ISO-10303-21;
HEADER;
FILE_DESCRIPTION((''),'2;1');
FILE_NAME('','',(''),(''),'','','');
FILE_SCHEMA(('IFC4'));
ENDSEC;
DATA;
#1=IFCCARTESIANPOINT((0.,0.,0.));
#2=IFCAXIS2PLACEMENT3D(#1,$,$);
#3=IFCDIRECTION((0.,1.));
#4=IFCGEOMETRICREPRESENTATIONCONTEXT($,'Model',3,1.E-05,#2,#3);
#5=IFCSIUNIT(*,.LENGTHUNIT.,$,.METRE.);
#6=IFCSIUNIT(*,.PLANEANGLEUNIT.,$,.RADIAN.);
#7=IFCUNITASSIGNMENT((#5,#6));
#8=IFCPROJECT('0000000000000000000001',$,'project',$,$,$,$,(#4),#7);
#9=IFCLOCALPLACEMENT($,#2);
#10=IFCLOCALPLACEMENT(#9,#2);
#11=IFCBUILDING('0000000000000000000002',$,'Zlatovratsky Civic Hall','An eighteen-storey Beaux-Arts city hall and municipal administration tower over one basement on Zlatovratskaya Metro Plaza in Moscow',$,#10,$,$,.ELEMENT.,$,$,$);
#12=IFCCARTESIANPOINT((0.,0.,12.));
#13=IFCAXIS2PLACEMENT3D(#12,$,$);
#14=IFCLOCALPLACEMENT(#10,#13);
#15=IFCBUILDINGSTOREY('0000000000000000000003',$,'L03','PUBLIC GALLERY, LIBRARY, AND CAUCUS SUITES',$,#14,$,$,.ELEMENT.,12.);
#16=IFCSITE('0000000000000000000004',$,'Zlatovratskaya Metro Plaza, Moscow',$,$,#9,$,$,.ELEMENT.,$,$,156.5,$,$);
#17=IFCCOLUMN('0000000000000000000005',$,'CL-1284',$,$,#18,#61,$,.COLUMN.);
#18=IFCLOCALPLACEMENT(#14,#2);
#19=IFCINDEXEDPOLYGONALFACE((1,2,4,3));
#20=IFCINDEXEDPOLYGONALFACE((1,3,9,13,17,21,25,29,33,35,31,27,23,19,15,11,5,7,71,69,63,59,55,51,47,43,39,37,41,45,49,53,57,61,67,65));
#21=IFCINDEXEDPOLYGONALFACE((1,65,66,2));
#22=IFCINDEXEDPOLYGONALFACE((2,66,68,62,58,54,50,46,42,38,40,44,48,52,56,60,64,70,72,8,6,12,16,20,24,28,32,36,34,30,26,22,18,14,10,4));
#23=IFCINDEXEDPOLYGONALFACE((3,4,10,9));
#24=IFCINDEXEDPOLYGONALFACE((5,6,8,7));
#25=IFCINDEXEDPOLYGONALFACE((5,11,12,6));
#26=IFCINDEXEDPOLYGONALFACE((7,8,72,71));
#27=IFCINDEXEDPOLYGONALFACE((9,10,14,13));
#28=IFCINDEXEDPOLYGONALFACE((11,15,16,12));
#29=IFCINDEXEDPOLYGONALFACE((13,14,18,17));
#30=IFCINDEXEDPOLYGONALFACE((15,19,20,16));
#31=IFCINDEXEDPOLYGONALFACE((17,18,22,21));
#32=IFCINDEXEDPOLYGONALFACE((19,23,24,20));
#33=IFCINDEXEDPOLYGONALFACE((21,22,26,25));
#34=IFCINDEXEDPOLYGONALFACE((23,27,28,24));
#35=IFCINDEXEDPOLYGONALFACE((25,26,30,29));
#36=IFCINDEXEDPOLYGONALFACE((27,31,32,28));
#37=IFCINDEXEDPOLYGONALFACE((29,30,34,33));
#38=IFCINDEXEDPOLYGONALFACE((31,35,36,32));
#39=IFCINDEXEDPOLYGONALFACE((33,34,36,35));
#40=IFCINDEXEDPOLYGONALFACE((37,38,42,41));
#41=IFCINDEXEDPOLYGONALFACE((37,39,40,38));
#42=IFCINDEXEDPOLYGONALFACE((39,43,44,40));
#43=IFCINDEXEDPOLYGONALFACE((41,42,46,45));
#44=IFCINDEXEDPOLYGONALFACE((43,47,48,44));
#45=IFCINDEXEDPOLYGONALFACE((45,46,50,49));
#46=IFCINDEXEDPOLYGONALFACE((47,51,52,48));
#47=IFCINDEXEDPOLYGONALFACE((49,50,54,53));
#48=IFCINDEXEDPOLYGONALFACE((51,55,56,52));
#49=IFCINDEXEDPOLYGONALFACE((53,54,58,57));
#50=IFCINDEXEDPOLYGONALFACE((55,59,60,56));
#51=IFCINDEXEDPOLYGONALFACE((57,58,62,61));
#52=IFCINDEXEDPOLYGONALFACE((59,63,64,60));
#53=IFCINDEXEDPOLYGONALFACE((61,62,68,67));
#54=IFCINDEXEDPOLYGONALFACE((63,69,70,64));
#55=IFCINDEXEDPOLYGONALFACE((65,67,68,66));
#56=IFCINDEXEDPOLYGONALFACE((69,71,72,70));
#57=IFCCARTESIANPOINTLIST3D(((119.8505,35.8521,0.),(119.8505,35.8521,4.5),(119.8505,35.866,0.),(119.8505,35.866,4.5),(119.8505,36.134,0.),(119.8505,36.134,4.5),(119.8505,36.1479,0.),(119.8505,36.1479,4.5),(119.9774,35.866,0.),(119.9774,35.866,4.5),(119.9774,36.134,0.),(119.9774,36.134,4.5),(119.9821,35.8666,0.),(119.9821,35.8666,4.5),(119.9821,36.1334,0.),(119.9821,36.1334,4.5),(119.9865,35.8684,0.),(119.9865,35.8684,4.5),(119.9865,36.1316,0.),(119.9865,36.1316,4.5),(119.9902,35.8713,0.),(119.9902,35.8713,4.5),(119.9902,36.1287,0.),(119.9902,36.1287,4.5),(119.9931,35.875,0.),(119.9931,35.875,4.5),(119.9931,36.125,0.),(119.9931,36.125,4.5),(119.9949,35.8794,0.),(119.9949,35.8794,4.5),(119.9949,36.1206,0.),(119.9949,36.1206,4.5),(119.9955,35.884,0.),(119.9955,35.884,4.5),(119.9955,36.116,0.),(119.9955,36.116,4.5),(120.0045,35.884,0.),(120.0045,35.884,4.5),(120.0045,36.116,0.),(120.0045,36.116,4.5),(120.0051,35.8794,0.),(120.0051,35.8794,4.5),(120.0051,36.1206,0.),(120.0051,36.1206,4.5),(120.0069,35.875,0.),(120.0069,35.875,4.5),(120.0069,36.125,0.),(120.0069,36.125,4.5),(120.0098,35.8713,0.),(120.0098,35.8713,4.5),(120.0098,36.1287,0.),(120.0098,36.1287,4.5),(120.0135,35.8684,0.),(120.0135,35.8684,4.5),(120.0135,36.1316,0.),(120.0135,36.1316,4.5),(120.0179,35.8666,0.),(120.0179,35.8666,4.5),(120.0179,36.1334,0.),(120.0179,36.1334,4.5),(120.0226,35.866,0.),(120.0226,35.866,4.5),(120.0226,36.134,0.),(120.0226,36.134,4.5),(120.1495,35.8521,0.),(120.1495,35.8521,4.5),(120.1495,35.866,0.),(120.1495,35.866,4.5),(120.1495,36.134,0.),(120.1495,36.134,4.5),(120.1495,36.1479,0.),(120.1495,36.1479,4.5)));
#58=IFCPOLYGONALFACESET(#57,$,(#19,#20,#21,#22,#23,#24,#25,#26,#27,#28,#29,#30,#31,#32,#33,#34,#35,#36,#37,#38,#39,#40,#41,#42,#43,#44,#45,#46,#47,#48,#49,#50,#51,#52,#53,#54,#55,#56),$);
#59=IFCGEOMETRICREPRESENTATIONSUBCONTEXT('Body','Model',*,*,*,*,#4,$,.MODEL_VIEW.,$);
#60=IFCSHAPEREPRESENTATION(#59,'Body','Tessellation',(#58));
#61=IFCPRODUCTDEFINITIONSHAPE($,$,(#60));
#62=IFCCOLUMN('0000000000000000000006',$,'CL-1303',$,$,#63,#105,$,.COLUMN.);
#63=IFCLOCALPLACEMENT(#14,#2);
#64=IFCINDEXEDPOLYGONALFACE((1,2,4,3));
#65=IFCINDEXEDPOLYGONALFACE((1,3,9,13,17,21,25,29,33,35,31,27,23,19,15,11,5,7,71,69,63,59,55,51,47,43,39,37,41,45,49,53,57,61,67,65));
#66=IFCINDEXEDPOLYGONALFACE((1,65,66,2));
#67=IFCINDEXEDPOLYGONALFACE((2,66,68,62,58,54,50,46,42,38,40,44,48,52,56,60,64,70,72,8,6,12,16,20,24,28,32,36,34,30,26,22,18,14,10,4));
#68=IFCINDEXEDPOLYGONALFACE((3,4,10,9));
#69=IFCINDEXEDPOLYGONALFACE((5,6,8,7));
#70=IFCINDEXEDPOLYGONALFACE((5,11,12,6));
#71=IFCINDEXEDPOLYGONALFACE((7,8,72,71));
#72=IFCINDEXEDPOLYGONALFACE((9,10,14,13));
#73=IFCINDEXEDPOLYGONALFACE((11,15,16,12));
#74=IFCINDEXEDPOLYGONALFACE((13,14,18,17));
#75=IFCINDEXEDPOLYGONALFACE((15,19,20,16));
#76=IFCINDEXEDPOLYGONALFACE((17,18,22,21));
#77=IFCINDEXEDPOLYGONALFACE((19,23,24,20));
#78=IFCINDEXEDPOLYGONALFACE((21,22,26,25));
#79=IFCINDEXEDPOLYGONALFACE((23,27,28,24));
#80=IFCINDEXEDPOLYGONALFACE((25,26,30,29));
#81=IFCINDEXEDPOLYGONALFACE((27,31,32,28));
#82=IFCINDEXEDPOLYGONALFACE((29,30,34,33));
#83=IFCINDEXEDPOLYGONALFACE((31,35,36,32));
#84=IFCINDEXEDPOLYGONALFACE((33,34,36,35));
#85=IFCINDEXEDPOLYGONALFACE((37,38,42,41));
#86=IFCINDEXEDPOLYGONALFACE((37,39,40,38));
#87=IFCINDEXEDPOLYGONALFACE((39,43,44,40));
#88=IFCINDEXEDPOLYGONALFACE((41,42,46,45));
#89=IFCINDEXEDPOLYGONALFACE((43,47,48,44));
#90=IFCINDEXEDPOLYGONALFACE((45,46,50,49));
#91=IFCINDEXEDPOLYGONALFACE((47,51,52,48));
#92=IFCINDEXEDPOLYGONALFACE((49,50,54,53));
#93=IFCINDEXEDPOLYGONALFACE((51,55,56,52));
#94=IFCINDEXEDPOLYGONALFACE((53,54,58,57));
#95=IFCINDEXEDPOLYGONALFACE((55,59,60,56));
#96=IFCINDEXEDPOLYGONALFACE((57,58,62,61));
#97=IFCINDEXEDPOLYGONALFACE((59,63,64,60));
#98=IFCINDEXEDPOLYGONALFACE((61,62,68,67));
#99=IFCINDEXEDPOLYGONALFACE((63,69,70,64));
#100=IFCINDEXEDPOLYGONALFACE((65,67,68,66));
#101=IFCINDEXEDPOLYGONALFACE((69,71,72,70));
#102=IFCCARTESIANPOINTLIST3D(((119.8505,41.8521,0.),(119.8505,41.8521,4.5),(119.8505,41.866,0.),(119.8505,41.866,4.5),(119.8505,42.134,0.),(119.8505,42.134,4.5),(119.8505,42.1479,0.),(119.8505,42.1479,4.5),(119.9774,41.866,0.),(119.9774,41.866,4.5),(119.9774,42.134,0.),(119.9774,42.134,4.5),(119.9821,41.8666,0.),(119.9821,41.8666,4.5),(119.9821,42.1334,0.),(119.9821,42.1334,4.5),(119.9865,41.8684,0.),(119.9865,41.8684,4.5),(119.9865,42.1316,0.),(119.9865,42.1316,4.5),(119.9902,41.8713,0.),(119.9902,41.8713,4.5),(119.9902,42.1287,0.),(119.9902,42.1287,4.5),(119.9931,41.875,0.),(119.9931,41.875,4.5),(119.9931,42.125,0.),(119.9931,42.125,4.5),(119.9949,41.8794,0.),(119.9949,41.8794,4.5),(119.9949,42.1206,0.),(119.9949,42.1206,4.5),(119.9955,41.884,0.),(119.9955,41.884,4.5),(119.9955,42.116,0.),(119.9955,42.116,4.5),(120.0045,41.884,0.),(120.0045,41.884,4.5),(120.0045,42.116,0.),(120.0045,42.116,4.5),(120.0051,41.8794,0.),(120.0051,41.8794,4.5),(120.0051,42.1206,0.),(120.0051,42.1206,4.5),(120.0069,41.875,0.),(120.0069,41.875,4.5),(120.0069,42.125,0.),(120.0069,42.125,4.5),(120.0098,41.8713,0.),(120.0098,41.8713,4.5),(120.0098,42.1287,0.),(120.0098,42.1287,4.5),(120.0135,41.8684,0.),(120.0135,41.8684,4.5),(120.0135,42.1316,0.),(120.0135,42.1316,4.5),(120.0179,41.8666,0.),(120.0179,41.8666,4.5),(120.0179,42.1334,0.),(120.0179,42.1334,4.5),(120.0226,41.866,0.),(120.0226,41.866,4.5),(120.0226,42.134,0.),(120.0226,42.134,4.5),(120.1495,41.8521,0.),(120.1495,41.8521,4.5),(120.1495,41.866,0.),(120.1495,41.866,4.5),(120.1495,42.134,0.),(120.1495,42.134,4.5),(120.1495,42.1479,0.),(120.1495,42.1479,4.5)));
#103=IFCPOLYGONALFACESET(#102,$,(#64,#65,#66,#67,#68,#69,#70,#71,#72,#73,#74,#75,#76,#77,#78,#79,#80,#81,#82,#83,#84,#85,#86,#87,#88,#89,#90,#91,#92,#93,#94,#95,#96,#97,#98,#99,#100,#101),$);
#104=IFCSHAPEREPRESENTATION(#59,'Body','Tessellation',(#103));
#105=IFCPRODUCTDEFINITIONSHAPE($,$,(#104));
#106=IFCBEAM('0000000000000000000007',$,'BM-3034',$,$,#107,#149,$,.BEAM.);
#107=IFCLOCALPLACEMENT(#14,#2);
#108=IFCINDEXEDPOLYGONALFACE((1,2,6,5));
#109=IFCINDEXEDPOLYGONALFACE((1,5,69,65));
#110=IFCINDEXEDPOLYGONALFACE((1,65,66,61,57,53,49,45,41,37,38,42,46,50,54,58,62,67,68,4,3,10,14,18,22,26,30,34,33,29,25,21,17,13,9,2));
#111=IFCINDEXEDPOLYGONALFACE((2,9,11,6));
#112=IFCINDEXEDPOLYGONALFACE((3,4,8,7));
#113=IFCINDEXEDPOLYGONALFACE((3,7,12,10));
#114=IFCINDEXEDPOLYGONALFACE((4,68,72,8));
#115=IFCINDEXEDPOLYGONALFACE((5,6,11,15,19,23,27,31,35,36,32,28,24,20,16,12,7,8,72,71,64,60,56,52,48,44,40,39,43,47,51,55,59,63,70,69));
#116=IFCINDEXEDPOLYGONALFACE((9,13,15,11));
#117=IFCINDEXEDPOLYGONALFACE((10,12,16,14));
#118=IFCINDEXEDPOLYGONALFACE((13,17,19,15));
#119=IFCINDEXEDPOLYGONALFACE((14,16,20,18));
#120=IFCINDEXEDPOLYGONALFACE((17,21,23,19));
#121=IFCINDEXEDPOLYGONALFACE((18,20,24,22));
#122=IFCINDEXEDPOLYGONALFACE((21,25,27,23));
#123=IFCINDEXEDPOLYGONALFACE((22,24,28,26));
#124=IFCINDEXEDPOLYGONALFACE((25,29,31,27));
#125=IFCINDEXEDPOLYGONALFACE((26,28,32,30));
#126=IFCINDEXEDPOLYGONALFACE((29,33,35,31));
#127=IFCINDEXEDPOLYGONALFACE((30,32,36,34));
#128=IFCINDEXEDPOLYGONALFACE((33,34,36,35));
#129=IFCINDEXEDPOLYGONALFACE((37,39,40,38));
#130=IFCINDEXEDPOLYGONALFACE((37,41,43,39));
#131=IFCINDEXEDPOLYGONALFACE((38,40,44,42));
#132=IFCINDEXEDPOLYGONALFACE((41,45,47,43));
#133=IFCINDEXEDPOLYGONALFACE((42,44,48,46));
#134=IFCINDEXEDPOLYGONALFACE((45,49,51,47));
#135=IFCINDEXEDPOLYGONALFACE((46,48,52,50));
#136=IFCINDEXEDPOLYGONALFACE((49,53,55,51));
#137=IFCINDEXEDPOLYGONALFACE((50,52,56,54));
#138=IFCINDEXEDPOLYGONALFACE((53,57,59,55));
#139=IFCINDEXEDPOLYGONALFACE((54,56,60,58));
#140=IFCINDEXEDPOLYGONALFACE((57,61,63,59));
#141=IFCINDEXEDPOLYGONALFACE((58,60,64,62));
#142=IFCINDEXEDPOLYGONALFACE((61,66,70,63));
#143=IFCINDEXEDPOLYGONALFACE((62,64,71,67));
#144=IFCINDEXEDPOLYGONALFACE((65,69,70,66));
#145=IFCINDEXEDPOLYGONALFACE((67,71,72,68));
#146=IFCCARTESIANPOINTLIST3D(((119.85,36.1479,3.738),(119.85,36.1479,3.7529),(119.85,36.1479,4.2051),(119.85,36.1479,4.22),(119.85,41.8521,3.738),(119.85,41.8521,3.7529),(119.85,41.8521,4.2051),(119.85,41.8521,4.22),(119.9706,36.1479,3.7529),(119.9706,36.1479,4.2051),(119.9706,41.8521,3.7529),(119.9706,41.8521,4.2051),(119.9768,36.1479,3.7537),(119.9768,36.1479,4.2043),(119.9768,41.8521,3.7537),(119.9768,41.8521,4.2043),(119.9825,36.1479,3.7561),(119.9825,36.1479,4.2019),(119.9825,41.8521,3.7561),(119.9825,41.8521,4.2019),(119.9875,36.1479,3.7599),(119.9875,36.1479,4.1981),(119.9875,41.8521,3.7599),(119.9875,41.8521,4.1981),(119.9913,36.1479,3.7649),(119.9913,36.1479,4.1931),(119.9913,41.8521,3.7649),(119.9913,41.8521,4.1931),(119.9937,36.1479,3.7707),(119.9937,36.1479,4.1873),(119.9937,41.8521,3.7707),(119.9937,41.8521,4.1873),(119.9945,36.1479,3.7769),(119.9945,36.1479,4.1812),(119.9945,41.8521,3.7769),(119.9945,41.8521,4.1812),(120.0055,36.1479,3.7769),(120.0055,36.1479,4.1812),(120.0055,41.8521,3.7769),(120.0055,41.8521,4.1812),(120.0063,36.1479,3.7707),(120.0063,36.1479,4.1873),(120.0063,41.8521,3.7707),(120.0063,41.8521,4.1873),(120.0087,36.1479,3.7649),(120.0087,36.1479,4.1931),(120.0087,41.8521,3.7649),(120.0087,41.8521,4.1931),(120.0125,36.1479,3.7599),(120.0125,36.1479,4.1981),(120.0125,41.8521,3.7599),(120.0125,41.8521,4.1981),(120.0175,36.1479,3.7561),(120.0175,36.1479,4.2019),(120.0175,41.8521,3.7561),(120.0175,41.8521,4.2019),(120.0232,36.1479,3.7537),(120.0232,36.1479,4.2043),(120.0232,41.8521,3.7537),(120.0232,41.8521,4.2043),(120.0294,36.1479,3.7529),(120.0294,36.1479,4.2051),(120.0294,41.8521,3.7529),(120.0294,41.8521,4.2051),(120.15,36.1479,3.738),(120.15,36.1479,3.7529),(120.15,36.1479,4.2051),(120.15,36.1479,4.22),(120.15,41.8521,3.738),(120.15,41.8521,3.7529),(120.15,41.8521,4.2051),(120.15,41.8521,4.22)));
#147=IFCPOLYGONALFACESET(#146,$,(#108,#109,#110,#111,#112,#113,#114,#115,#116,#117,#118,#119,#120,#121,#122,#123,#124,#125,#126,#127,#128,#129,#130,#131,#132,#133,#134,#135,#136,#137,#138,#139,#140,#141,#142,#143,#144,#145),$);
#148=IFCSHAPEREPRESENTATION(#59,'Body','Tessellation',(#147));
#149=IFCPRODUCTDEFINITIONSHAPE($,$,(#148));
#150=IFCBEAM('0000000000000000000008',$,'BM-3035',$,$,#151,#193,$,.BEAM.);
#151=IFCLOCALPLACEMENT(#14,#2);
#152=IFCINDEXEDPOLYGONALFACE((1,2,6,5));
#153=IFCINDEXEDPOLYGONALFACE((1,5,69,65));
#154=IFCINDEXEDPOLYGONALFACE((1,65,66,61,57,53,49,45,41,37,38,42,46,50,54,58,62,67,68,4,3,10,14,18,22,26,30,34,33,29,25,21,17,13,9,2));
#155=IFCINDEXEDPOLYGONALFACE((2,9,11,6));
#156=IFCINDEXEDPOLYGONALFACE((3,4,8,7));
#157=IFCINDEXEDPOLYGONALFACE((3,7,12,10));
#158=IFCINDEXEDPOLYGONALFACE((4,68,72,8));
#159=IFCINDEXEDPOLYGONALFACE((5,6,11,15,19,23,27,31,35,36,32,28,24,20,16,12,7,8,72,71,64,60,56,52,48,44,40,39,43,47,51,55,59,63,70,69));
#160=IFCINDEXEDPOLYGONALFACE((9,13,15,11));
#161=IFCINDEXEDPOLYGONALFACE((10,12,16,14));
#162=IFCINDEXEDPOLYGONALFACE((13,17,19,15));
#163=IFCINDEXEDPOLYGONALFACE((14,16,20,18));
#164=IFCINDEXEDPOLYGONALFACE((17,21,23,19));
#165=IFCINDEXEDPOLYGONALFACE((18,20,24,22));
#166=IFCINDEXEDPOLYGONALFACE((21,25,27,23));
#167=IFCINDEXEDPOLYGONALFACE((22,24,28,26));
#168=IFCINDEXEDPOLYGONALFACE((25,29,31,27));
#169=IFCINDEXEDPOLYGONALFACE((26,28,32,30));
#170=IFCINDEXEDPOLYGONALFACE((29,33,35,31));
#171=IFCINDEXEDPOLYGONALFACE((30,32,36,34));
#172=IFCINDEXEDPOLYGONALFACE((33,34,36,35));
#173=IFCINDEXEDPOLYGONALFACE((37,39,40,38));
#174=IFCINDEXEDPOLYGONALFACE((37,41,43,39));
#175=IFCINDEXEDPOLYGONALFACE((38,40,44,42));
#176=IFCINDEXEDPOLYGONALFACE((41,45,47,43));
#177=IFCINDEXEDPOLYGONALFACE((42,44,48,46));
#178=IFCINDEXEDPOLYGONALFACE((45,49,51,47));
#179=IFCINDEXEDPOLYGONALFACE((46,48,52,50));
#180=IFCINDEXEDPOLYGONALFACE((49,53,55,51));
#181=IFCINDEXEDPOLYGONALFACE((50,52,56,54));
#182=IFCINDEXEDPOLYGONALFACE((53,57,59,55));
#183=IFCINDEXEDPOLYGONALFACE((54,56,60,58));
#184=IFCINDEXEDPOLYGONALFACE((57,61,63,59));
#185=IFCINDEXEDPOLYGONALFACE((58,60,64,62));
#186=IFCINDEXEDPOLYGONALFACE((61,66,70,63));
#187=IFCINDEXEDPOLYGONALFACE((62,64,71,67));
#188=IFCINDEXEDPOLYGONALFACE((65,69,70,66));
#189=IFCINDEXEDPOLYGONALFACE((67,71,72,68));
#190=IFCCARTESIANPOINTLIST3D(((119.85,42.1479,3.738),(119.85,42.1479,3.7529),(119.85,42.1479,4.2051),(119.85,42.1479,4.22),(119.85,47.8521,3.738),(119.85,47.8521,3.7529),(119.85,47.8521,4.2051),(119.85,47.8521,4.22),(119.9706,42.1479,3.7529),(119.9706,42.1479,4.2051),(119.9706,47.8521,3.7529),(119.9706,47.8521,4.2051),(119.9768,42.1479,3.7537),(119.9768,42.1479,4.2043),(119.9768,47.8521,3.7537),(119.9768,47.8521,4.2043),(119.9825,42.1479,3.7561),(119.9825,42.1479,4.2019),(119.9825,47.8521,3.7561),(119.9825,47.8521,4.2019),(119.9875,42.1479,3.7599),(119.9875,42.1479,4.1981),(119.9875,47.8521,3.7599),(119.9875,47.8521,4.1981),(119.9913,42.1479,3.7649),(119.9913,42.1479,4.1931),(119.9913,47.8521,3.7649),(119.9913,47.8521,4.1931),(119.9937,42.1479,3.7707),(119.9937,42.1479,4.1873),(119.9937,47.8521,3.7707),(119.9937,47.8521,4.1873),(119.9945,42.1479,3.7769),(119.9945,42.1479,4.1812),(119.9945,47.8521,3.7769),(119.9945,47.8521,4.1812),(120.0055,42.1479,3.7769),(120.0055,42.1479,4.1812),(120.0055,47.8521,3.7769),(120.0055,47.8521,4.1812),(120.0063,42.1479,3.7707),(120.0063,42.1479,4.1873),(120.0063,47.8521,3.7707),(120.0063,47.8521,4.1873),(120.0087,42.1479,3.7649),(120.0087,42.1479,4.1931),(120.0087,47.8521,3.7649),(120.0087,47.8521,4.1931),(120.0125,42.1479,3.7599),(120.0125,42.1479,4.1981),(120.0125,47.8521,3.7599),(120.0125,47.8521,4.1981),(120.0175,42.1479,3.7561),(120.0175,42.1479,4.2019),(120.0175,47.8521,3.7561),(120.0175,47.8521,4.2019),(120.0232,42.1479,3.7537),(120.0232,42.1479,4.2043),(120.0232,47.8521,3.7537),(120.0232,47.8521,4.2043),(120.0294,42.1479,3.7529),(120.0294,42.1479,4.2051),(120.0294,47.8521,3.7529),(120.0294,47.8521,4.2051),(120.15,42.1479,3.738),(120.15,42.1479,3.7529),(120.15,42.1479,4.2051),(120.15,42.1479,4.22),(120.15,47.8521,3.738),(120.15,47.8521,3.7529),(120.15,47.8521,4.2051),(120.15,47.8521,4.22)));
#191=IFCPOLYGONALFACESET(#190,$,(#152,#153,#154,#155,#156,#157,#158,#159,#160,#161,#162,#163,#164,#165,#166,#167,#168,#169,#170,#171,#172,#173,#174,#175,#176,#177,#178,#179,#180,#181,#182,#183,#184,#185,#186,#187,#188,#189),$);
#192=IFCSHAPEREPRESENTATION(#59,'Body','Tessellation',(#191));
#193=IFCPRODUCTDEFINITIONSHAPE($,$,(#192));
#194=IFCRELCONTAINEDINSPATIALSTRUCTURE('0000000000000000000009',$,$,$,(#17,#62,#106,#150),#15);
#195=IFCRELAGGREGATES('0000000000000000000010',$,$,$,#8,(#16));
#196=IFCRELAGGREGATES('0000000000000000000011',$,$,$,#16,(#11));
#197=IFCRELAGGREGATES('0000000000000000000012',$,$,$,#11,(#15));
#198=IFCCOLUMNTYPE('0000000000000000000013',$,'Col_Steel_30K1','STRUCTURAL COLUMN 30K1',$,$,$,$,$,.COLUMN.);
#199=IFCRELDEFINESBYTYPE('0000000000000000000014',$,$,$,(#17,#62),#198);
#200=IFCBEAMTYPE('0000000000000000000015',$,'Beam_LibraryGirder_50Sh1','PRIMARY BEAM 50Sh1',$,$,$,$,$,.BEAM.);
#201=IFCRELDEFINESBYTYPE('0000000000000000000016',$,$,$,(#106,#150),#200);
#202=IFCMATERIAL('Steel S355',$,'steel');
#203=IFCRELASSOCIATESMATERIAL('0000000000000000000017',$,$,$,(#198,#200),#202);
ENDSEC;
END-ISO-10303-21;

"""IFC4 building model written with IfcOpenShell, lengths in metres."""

from ifc_helpers import new_model, si_unit, direction, frame, origin, origin_2d, place, context, subcontext, project, spatial, i_section, extrude, material, material_profile, profile_set, type_object, element, save


model = new_model("IFC4")

# Units and contexts
model_context = context("Model", 3, precision=1e-05, world=origin(), true_north=direction((0.0, 1.0)))
body_context = subcontext(model_context, "Body", "Model", "MODEL_VIEW")
ifc_project = project(units=[si_unit("LENGTHUNIT", "METRE"), si_unit("PLANEANGLEUNIT", "RADIAN")], contexts=[model_context])

# Site, building, storey
site_placement = place(None, origin())
site = spatial("IfcSite", under=ifc_project, at=site_placement, Name="Zlatovratskaya Metro Plaza, Moscow", CompositionType="ELEMENT", RefElevation=156.5)
building_placement = place(site_placement, origin())
building = spatial("IfcBuilding", under=site, at=building_placement, Name="Zlatovratsky Civic Hall", Description="An eighteen-storey Beaux-Arts city hall and municipal administration tower over one basement on Zlatovratskaya Metro Plaza in Moscow", CompositionType="ELEMENT")
storey_placement = place(building_placement, frame((0.0, 0.0, 12.0)))
storey = spatial("IfcBuildingStorey", under=building, at=storey_placement, Name="L03", Description="PUBLIC GALLERY, LIBRARY, AND CAUCUS SUITES", CompositionType="ELEMENT", Elevation=12.0)

# Columns
ifc_material_1 = material(Name="Steel S355", Category="steel")
ifc_material_profile_1 = material_profile(ifc_material_1, i_section(OverallWidth=0.2991, OverallDepth=0.2959, WebThickness=0.009, FlangeThickness=0.0139, FilletRadius=0.0181, at=origin_2d()), Name="30K1")
ifc_profile_set_1 = profile_set([ifc_material_profile_1], Name="Steel S355")
column_type = type_object("IfcColumnType", Name="Col_Steel_30K1", Description="STRUCTURAL COLUMN 30K1", PredefinedType="COLUMN", material=ifc_profile_set_1)
for number, where, z_axis, x_axis, name in (
    (1, (120.0, 36.0, 0.0), (0.0, 0.0, 1.0), (1.0, 0.0, 0.0), "CL-1284"),
    (2, (120.0, 42.0, 0.0), (0.0, 0.0, 1.0), (1.0, 0.0, 0.0), "CL-1303"),
):
    element("IfcColumn", number, at=place(storey_placement, frame(where, z_axis=z_axis, x_axis=x_axis)), inside=storey, type_object=column_type, Name=name, PredefinedType="COLUMN", context=body_context, shape_type="SweptSolid", body=[
        extrude(i_section(OverallWidth=0.2991, OverallDepth=0.2959, WebThickness=0.009, FlangeThickness=0.0139, FilletRadius=0.0181, at=origin_2d()), origin(), (0.0, 0.0, 1.0), 4.5),
    ])

# Beams
ifc_material_profile_2 = material_profile(ifc_material_1, i_section(OverallWidth=0.3, OverallDepth=0.4819, WebThickness=0.011, FlangeThickness=0.0149, FilletRadius=0.0239, at=origin_2d()), Name="50Sh1")
ifc_profile_set_2 = profile_set([ifc_material_profile_2], Name="Steel S355")
beam_type = type_object("IfcBeamType", Name="Beam_LibraryGirder_50Sh1", Description="PRIMARY BEAM 50Sh1", PredefinedType="BEAM", material=ifc_profile_set_2)
for number, where, z_axis, x_axis, name in (
    (3, (120.0, 36.1479, 3.979), (0.0, 1.0, 0.0), (-1.0, 0.0, 0.0), "BM-3034"),
    (4, (120.0, 42.1479, 3.979), (0.0, 1.0, 0.0), (-1.0, 0.0, 0.0), "BM-3035"),
):
    element("IfcBeam", number, at=place(storey_placement, frame(where, z_axis=z_axis, x_axis=x_axis)), inside=storey, type_object=beam_type, Name=name, PredefinedType="BEAM", context=body_context, shape_type="SweptSolid", body=[
        extrude(i_section(OverallWidth=0.3, OverallDepth=0.4819, WebThickness=0.011, FlangeThickness=0.0149, FilletRadius=0.0239, at=origin_2d()), origin(), (0.0, 0.0, 1.0), 5.7041),
    ])

save(model, "model.ifc")
